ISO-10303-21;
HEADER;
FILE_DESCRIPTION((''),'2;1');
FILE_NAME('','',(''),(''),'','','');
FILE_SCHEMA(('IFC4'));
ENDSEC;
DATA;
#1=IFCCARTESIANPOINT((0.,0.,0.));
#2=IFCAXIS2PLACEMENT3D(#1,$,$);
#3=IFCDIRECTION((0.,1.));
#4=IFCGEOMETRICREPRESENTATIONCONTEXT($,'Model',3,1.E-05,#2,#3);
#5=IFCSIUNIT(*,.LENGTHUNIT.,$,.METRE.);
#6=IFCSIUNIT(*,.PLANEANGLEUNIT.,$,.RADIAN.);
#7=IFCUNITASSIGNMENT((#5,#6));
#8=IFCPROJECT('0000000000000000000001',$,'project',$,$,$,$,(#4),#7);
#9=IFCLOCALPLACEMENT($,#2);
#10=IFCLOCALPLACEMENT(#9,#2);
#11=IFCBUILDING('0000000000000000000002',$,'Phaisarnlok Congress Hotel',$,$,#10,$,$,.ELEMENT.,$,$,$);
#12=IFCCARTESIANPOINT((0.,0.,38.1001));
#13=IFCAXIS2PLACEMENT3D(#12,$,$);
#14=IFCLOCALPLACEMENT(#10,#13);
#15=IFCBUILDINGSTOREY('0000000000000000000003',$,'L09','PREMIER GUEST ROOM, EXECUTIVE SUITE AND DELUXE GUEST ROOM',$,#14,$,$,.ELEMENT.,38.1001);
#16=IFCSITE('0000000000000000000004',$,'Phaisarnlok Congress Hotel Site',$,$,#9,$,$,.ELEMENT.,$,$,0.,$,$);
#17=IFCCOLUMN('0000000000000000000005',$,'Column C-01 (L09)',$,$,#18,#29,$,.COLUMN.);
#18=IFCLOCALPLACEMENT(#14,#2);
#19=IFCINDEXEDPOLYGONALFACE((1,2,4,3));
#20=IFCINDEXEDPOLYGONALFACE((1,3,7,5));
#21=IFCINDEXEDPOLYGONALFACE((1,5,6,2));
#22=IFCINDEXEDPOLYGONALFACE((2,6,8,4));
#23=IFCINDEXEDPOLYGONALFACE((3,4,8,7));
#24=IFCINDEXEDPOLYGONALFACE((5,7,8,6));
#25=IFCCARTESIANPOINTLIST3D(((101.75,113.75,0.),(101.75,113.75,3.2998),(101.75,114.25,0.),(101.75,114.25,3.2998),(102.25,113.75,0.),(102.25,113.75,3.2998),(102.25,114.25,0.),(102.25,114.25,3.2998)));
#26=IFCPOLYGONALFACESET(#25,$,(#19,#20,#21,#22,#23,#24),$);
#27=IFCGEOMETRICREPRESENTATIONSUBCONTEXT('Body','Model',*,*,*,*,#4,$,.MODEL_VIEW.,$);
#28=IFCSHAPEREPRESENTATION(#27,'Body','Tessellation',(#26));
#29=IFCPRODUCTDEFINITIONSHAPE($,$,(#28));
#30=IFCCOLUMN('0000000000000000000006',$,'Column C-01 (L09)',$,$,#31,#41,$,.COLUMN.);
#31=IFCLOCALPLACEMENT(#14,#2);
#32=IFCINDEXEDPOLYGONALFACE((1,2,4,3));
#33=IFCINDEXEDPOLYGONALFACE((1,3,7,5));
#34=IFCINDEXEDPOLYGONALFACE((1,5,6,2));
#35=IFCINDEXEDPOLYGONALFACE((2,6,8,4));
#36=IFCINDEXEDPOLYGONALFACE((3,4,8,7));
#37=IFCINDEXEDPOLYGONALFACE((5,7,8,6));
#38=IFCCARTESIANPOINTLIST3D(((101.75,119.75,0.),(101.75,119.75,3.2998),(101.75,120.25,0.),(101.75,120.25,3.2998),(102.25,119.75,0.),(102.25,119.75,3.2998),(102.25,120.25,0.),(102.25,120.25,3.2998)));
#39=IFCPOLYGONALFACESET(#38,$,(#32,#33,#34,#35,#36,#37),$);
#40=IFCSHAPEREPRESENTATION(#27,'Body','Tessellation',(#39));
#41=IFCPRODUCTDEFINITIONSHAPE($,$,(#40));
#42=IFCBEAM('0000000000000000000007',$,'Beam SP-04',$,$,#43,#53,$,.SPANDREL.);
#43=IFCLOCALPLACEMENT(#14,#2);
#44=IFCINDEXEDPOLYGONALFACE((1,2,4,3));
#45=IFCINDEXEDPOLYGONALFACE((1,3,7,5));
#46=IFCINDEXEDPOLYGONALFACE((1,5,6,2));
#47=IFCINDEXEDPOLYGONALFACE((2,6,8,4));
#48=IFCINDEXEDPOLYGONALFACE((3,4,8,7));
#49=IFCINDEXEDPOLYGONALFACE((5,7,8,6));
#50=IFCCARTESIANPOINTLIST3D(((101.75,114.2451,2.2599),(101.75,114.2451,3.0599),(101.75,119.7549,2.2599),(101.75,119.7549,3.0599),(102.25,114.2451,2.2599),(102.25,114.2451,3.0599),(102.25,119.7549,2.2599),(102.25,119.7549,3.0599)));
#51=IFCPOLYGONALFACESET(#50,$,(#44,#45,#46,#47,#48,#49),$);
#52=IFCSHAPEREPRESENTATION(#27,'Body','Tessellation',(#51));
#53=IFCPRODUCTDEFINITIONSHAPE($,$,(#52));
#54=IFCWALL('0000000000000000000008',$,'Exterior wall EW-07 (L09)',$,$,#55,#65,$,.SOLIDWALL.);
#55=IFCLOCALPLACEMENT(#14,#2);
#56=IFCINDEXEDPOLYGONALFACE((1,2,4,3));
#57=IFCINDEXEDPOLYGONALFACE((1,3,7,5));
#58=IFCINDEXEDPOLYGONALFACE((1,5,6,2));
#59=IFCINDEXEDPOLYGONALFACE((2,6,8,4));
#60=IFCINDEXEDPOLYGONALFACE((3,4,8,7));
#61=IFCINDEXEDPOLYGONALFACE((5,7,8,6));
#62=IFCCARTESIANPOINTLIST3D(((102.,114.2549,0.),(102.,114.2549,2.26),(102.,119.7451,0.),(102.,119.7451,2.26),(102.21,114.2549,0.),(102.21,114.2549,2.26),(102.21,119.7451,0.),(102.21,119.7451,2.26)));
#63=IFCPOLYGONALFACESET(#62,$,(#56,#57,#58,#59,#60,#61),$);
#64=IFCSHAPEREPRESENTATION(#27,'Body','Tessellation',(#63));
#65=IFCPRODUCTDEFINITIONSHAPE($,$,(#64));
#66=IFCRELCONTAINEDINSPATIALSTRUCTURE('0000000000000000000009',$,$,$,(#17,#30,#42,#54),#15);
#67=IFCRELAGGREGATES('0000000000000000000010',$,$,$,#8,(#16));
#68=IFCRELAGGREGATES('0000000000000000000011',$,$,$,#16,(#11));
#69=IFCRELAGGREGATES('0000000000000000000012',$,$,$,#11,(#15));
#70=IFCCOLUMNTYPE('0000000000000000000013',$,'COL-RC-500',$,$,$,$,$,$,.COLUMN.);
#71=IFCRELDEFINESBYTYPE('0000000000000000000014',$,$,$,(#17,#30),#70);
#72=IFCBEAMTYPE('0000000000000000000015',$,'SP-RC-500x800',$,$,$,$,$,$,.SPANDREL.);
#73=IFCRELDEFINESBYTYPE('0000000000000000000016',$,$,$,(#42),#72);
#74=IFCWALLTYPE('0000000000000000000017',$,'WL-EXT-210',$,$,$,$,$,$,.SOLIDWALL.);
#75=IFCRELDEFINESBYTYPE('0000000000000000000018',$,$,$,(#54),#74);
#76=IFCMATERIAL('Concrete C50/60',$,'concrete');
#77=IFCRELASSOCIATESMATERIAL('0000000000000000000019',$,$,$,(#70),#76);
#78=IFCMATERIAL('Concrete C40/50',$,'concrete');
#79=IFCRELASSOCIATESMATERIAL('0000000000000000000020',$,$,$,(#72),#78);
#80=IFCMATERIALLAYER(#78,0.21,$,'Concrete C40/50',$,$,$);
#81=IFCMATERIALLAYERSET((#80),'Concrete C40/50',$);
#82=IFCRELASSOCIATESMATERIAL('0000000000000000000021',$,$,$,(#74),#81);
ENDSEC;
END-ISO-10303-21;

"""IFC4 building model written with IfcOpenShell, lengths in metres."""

from ifc_helpers import new_model, si_unit, direction, frame, frame_2d, origin, origin_2d, place, context, subcontext, project, spatial, rectangle, extrude, material, layer, layer_set, material_profile, profile_set, type_object, element, save


model = new_model("IFC4")

# Units and contexts
model_context = context("Model", 3, precision=1e-05, world=origin(), true_north=direction((0.0, 1.0)))
body_context = subcontext(model_context, "Body", "Model", "MODEL_VIEW")
ifc_project = project(units=[si_unit("LENGTHUNIT", "METRE"), si_unit("PLANEANGLEUNIT", "RADIAN")], contexts=[model_context])

# Site, building, storey
site_placement = place(None, origin())
site = spatial("IfcSite", under=ifc_project, at=site_placement, Name="Phaisarnlok Congress Hotel Site", CompositionType="ELEMENT", RefElevation=0.0)
building_placement = place(site_placement, origin())
building = spatial("IfcBuilding", under=site, at=building_placement, Name="Phaisarnlok Congress Hotel", CompositionType="ELEMENT")
storey_placement = place(building_placement, frame((0.0, 0.0, 38.1001)))
storey = spatial("IfcBuildingStorey", under=building, at=storey_placement, Name="L09", Description="PREMIER GUEST ROOM, EXECUTIVE SUITE AND DELUXE GUEST ROOM", CompositionType="ELEMENT", Elevation=38.1001)

# Columns
ifc_material_1 = material(Name="Concrete C50/60", Category="concrete")
ifc_material_profile_1 = material_profile(ifc_material_1, rectangle(XDim=0.5, YDim=0.5, at=origin_2d()), Name="RC 500x500")
ifc_profile_set_1 = profile_set([ifc_material_profile_1], Name="Concrete C50/60")
column_type = type_object("IfcColumnType", Name="COL-RC-500", PredefinedType="COLUMN", material=ifc_profile_set_1)
for number, where, z_axis, x_axis, name in (
    (1, (102.0, 114.0, 0.0), (0.0, 0.0, 1.0), (1.0, 0.0, 0.0), "Column C-01 (L09)"),
    (2, (102.0, 120.0, 0.0), (0.0, 0.0, 1.0), (1.0, 0.0, 0.0), "Column C-01 (L09)"),
):
    element("IfcColumn", number, at=place(storey_placement, frame(where, z_axis=z_axis, x_axis=x_axis)), inside=storey, type_object=column_type, Name=name, PredefinedType="COLUMN", context=body_context, shape_type="SweptSolid", body=[
        extrude(rectangle(XDim=0.5, YDim=0.5, at=origin_2d()), origin(), (0.0, 0.0, 1.0), 3.2998),
    ])

# Beam
ifc_material_2 = material(Name="Concrete C40/50", Category="concrete")
ifc_material_profile_2 = material_profile(ifc_material_2, rectangle(XDim=0.5, YDim=0.8, at=origin_2d()), Name="RC 500x800")
ifc_profile_set_2 = profile_set([ifc_material_profile_2], Name="Concrete C40/50")
beam_type = type_object("IfcBeamType", Name="SP-RC-500x800", PredefinedType="SPANDREL", material=ifc_profile_set_2)
beam_placement = place(storey_placement, frame((102.0, 114.2451, 2.6599), z_axis=(0.0, 1.0, 0.0), x_axis=(-1.0, 0.0, 0.0)))
element("IfcBeam", 3, at=beam_placement, inside=storey, type_object=beam_type, Name="Beam SP-04", PredefinedType="SPANDREL", context=body_context, shape_type="SweptSolid", body=[
    extrude(rectangle(XDim=0.5, YDim=0.8, at=origin_2d()), origin(), (0.0, 0.0, 1.0), 5.5098),
])

# Wall
ifc_layer = layer(ifc_material_2, 0.21, Name="Concrete C40/50")
ifc_layer_set = layer_set([ifc_layer], Name="Concrete C40/50")
wall_type = type_object("IfcWallType", Name="WL-EXT-210", PredefinedType="SOLIDWALL", material=ifc_layer_set)
wall_placement = place(storey_placement, frame((102.105, 119.7451, 0.0), z_axis=(0.0, 0.0, 1.0), x_axis=(0.0, -1.0, 0.0)))
element("IfcWall", 4, at=wall_placement, inside=storey, type_object=wall_type, Name="Exterior wall EW-07 (L09)", PredefinedType="SOLIDWALL", context=body_context, shape_type="SweptSolid", body=[
    extrude(rectangle(XDim=5.4902, YDim=0.21, at=frame_2d((2.7451, 0.0))), origin(), (0.0, 0.0, 1.0), 2.26),
])

save(model, "model.ifc")
